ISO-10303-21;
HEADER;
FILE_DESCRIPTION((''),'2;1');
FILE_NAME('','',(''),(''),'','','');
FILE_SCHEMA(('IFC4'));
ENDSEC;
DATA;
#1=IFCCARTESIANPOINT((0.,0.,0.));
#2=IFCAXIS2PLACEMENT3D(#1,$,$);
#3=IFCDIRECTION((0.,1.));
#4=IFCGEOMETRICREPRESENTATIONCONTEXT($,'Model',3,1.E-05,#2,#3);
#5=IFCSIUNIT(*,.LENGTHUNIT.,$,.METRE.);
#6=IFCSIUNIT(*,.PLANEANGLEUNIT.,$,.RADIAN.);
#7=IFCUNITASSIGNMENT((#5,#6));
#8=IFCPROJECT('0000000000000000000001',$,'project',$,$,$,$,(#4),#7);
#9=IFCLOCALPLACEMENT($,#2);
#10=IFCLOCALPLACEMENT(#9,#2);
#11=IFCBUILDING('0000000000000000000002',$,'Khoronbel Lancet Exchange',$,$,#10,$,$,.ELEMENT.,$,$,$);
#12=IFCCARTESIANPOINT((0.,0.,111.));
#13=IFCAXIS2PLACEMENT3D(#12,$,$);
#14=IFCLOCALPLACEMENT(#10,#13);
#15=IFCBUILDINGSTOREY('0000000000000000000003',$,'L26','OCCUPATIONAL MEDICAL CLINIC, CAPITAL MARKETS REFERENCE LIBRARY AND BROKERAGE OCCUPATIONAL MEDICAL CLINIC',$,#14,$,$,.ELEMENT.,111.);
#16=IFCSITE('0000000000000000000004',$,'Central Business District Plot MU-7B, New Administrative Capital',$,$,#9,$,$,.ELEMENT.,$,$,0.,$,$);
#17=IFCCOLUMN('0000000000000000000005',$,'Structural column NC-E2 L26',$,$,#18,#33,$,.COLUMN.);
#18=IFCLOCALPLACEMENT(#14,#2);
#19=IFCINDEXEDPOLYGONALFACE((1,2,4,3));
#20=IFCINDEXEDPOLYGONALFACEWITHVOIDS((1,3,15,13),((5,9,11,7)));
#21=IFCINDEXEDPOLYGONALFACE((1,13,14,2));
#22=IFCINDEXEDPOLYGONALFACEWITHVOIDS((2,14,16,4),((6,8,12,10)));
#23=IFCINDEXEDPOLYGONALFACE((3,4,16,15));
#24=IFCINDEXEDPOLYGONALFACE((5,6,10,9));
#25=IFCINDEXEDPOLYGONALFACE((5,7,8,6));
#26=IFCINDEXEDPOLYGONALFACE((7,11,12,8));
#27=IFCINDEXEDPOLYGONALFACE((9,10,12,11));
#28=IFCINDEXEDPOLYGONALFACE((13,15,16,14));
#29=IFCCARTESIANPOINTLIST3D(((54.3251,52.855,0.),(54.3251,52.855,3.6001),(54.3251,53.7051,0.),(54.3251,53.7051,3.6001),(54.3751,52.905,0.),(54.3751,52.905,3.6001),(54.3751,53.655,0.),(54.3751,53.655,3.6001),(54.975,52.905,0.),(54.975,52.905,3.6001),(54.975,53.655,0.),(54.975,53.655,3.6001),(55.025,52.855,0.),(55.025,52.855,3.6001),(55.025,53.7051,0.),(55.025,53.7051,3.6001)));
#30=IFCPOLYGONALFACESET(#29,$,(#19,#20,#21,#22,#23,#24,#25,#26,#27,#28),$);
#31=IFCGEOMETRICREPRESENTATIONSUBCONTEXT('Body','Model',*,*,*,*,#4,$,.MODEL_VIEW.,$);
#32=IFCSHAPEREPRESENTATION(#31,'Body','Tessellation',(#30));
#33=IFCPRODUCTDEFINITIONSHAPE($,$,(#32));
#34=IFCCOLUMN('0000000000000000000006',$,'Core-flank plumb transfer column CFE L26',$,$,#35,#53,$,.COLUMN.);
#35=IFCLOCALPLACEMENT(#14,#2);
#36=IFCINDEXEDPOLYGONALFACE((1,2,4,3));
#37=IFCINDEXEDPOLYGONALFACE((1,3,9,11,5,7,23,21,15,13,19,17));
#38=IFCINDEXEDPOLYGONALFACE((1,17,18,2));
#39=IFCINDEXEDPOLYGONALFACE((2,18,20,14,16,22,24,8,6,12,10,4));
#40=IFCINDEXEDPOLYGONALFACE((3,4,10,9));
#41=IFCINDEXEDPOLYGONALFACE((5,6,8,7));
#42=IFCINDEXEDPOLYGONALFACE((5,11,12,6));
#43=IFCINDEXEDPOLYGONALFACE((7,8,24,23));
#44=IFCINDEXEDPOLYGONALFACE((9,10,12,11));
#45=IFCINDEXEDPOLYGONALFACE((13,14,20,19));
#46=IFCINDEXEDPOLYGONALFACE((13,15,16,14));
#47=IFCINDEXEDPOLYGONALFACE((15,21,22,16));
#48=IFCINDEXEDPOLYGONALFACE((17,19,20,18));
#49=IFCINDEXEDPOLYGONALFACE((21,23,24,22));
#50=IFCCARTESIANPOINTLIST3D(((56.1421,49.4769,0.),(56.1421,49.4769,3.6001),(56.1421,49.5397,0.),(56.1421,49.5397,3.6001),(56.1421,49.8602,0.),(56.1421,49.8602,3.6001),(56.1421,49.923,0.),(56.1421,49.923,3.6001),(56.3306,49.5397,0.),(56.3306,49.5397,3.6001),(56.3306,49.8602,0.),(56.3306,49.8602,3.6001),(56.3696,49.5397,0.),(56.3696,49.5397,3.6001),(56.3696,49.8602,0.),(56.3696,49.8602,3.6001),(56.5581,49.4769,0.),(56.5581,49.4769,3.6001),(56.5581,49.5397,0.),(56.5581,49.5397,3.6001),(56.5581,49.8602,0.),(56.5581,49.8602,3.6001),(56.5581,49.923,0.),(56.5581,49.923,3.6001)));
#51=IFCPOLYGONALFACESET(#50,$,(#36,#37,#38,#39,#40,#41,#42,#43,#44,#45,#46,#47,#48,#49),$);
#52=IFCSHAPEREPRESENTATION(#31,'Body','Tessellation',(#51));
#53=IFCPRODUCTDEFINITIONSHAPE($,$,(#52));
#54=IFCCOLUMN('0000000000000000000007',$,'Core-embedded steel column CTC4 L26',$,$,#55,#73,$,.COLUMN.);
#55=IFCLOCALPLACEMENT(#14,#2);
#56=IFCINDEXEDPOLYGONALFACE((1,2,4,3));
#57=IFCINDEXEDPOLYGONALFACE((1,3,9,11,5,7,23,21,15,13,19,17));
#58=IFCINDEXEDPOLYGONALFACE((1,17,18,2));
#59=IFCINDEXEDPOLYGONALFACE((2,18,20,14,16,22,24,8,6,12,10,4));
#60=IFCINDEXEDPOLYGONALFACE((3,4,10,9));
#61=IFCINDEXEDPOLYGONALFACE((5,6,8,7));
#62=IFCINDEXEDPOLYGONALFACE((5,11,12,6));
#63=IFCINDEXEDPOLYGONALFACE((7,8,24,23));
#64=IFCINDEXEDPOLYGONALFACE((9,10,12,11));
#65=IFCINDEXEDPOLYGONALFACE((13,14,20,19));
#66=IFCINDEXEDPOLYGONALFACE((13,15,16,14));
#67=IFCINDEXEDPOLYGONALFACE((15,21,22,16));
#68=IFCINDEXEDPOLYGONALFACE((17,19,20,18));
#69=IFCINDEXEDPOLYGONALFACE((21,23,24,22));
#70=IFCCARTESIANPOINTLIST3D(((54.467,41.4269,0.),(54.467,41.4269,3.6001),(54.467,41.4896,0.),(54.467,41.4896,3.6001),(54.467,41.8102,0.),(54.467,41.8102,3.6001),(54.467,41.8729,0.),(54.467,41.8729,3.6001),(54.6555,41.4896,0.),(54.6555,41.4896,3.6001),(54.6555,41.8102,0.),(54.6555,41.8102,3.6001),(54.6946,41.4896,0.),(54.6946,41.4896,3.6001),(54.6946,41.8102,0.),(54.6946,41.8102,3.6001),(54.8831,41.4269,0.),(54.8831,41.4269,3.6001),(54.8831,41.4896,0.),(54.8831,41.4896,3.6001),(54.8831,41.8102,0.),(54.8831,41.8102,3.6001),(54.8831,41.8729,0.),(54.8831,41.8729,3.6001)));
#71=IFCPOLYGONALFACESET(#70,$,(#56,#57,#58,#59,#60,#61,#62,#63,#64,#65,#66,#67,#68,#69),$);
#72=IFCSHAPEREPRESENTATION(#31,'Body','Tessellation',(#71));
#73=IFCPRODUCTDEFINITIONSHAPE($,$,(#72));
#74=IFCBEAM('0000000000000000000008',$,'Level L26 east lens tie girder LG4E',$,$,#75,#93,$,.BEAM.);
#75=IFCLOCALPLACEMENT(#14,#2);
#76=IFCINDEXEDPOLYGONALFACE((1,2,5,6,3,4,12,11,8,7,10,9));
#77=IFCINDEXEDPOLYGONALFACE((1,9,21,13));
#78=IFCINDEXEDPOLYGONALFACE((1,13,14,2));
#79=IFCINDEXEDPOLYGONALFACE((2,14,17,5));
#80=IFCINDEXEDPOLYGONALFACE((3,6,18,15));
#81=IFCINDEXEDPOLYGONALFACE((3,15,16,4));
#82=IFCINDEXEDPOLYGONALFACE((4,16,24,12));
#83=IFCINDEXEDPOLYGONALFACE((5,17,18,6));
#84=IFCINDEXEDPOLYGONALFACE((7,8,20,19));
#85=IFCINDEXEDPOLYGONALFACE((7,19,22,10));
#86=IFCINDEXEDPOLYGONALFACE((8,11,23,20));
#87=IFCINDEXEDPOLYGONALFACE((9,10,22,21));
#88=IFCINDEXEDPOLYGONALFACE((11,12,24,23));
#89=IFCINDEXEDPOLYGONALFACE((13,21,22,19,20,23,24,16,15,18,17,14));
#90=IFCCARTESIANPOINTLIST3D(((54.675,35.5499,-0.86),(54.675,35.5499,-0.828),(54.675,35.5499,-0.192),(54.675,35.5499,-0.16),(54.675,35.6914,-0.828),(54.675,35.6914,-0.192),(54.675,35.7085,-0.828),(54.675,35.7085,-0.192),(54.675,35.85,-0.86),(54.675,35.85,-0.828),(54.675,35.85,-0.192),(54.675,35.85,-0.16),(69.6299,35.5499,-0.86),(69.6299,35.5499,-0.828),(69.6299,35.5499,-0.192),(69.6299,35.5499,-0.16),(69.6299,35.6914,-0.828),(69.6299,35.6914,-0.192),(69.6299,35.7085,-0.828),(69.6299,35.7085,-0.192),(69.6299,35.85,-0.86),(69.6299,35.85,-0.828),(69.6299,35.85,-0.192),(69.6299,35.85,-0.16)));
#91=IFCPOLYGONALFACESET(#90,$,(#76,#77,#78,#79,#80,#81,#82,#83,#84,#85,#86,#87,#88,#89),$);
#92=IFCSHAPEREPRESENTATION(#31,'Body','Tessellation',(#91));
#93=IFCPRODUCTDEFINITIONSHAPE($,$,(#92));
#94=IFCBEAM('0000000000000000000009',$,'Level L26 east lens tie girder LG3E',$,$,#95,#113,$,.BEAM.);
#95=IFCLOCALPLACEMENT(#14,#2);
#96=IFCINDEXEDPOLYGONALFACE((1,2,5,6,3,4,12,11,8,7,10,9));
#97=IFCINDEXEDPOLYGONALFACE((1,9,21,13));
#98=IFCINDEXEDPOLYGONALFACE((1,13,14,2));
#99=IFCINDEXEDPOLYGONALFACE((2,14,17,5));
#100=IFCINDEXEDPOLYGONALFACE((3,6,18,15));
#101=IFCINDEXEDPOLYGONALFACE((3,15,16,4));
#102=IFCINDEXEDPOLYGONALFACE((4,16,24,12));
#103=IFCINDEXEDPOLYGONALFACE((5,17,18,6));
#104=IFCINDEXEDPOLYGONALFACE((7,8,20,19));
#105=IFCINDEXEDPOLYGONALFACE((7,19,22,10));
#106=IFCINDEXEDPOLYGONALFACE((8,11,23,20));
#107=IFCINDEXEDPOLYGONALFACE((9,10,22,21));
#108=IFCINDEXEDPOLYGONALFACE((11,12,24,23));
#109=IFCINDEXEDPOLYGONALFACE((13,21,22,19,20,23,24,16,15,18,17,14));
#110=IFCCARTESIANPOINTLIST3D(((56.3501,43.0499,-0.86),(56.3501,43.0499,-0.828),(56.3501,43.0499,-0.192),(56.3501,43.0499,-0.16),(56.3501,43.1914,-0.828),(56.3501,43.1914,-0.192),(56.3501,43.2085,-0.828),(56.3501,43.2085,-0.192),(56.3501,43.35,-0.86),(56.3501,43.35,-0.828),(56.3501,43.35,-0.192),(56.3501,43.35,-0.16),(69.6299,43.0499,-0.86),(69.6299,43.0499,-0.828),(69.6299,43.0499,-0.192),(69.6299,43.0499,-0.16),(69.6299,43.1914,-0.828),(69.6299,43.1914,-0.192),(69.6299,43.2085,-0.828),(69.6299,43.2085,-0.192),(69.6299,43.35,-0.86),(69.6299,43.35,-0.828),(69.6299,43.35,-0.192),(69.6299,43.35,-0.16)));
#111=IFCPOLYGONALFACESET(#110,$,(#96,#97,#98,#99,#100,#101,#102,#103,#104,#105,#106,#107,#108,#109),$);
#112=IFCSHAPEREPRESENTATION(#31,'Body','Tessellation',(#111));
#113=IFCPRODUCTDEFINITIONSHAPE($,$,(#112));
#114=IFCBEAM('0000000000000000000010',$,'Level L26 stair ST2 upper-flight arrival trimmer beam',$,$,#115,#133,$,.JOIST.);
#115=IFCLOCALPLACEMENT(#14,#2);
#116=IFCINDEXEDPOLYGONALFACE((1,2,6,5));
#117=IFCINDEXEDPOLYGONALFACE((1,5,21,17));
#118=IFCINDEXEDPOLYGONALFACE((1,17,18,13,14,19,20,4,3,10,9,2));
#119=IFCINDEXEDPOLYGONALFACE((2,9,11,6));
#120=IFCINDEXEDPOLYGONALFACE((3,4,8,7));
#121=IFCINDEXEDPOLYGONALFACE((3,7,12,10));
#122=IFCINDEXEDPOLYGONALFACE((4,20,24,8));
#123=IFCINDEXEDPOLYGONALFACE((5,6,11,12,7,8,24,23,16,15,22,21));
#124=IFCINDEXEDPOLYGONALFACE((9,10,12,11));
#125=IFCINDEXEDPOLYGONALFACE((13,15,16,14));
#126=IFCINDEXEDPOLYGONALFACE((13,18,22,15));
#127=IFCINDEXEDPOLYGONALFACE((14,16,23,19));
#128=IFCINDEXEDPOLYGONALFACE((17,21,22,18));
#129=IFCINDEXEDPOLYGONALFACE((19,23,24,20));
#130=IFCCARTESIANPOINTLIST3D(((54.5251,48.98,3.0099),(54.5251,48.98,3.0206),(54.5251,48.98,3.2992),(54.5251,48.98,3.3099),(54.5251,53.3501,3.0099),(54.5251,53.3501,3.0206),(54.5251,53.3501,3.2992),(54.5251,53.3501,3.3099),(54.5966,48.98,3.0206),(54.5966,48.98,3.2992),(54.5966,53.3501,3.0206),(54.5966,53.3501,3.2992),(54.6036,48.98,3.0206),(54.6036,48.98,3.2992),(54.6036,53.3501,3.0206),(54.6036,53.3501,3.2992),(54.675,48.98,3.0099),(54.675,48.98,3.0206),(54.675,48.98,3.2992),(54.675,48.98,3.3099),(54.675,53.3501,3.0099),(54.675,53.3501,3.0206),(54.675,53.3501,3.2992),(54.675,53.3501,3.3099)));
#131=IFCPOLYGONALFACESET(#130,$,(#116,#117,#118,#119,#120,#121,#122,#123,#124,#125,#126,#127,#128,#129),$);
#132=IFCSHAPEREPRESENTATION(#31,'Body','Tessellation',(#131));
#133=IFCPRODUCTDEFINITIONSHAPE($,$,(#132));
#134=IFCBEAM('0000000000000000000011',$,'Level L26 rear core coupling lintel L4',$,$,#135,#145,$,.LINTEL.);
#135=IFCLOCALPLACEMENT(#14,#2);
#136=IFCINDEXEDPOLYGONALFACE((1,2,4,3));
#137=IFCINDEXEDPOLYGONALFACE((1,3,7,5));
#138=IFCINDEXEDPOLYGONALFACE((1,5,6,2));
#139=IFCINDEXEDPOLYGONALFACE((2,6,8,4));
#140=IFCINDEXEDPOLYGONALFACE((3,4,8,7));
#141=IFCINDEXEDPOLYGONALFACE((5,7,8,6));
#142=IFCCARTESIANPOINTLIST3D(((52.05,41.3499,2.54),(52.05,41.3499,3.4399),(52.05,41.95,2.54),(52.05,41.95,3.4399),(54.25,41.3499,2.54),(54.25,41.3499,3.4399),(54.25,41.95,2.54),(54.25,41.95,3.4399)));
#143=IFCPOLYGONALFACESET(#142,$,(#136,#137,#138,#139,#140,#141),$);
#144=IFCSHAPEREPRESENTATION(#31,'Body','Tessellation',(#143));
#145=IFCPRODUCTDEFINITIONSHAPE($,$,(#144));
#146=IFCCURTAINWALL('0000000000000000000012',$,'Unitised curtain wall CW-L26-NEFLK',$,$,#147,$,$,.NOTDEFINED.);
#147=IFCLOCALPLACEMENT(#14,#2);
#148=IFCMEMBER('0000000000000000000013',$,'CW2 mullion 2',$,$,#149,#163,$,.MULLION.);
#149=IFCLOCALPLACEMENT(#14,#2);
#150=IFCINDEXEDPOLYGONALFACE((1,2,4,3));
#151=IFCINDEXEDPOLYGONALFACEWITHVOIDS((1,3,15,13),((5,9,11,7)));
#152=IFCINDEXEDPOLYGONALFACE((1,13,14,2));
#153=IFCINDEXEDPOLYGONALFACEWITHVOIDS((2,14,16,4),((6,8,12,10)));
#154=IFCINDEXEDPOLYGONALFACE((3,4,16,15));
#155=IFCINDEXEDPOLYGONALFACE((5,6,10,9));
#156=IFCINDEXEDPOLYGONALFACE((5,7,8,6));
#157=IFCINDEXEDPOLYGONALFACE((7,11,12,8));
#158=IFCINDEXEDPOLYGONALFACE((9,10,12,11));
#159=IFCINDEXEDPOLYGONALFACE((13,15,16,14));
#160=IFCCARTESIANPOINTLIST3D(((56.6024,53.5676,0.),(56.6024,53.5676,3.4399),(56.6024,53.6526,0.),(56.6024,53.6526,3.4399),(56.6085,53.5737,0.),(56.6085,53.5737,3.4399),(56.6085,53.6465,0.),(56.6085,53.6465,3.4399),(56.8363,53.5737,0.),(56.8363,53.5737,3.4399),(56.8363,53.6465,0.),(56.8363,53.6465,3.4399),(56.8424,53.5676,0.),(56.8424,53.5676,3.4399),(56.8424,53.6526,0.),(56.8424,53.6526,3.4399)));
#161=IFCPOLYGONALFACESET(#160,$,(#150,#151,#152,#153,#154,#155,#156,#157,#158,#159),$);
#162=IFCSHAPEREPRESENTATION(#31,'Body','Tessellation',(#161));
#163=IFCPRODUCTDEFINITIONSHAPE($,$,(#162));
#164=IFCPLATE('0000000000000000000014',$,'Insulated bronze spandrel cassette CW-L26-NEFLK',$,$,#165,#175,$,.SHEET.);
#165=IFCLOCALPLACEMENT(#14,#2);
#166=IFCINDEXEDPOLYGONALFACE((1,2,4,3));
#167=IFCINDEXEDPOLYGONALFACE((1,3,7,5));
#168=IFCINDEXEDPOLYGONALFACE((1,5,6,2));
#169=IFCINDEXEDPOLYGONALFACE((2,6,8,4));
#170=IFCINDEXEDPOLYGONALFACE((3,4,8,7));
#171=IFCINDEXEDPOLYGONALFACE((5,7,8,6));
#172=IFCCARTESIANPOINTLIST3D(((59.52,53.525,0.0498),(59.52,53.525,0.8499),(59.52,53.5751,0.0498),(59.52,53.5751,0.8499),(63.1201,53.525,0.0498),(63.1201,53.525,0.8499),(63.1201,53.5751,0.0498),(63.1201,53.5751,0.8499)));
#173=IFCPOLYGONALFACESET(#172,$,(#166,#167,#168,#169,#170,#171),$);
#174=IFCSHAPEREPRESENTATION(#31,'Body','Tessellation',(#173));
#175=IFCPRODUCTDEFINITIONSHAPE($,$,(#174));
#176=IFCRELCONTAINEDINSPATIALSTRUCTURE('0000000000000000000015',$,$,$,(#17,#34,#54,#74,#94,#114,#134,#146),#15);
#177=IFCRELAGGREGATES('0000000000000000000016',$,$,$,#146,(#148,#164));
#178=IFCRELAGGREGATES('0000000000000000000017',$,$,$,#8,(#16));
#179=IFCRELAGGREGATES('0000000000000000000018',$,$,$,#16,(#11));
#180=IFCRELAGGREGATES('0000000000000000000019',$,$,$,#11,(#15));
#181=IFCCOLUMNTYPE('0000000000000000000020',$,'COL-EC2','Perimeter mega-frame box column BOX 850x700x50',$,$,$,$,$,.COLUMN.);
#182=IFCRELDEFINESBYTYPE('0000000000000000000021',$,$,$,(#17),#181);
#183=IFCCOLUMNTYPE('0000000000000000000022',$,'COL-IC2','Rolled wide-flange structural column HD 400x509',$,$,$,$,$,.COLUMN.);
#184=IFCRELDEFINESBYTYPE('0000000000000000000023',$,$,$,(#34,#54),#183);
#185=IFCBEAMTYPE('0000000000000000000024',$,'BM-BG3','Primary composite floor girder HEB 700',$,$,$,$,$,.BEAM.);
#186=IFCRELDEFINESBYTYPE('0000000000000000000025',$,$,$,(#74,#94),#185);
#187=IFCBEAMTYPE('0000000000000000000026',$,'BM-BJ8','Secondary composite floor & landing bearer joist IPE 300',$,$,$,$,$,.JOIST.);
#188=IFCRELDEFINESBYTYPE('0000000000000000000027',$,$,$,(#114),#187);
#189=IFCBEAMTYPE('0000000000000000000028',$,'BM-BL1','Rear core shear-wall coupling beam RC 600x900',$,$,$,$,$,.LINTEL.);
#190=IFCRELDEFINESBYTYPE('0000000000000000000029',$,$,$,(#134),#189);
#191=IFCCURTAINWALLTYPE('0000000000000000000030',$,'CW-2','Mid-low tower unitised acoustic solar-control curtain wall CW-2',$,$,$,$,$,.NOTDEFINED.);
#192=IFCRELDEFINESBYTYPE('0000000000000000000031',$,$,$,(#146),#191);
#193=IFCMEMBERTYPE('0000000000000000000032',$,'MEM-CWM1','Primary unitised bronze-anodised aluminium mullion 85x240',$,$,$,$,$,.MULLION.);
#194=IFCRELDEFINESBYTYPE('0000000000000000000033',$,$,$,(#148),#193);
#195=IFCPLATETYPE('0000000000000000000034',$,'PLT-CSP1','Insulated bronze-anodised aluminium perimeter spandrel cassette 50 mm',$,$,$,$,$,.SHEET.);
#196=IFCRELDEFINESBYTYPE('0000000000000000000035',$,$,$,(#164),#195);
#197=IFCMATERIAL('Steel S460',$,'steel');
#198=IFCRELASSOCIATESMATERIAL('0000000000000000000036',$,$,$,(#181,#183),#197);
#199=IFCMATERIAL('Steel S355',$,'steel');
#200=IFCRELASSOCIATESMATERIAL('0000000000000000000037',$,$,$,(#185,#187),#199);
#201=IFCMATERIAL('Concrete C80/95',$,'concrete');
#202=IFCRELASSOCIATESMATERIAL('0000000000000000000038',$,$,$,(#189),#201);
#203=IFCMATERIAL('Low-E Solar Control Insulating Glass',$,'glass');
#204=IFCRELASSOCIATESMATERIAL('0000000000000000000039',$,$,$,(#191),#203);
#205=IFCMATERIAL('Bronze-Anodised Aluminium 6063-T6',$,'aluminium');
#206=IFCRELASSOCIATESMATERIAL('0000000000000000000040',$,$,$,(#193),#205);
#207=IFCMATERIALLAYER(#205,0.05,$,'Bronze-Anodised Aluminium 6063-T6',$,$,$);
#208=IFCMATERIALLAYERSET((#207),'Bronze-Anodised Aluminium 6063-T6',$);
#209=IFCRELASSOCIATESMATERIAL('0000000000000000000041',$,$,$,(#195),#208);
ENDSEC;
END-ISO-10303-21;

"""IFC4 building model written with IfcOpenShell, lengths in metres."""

from ifc_helpers import new_model, si_unit, direction, frame, origin, origin_2d, place, context, subcontext, project, spatial, rectangle, hollow_rectangle, i_section, extrude, material, layer, layer_set, material_profile, profile_set, type_object, element, aggregate, save


model = new_model("IFC4")

# Units and contexts
model_context = context("Model", 3, precision=1e-05, world=origin(), true_north=direction((0.0, 1.0)))
body_context = subcontext(model_context, "Body", "Model", "MODEL_VIEW")
ifc_project = project(units=[si_unit("LENGTHUNIT", "METRE"), si_unit("PLANEANGLEUNIT", "RADIAN")], contexts=[model_context])

# Site, building, storey
site_placement = place(None, origin())
site = spatial("IfcSite", under=ifc_project, at=site_placement, Name="Central Business District Plot MU-7B, New Administrative Capital", CompositionType="ELEMENT", RefElevation=0.0)
building_placement = place(site_placement, origin())
building = spatial("IfcBuilding", under=site, at=building_placement, Name="Khoronbel Lancet Exchange", CompositionType="ELEMENT")
storey_placement = place(building_placement, frame((0.0, 0.0, 111.0)))
storey = spatial("IfcBuildingStorey", under=building, at=storey_placement, Name="L26", Description="OCCUPATIONAL MEDICAL CLINIC, CAPITAL MARKETS REFERENCE LIBRARY AND BROKERAGE OCCUPATIONAL MEDICAL CLINIC", CompositionType="ELEMENT", Elevation=111.0)

# Columns
ifc_material_1 = material(Name="Steel S460", Category="steel")
ifc_material_profile_1 = material_profile(ifc_material_1, hollow_rectangle(XDim=0.7, YDim=0.8501, WallThickness=0.05, at=origin_2d()), Name="BOX 850x700x50")
ifc_profile_set_1 = profile_set([ifc_material_profile_1], Name="Steel S460")
column_type_1 = type_object("IfcColumnType", Name="COL-EC2", Description="Perimeter mega-frame box column BOX 850x700x50", PredefinedType="COLUMN", material=ifc_profile_set_1)
column_placement = place(storey_placement, frame((54.675, 53.28, 0.0), z_axis=(0.0, 0.0, 1.0), x_axis=(1.0, 0.0, 0.0)))
element("IfcColumn", 1, at=column_placement, inside=storey, type_object=column_type_1, Name="Structural column NC-E2 L26", PredefinedType="COLUMN", context=body_context, shape_type="SweptSolid", body=[
    extrude(hollow_rectangle(XDim=0.7, YDim=0.8501, WallThickness=0.05, at=origin_2d()), origin(), (0.0, 0.0, 1.0), 3.6001),
])
ifc_material_profile_2 = material_profile(ifc_material_1, i_section(OverallWidth=0.416, OverallDepth=0.446, WebThickness=0.0391, FlangeThickness=0.0627, at=origin_2d()), Name="HD 400x509")
ifc_profile_set_2 = profile_set([ifc_material_profile_2], Name="Steel S460")
column_type_2 = type_object("IfcColumnType", Name="COL-IC2", Description="Rolled wide-flange structural column HD 400x509", PredefinedType="COLUMN", material=ifc_profile_set_2)
for number, where, z_axis, x_axis, name in (
    (2, (56.3501, 49.7, 0.0), (0.0, 0.0, 1.0), (1.0, 0.0, 0.0), "Core-flank plumb transfer column CFE L26"),
    (3, (54.675, 41.6499, 0.0), (0.0, 0.0, 1.0), (1.0, 0.0, 0.0), "Core-embedded steel column CTC4 L26"),
):
    element("IfcColumn", number, at=place(storey_placement, frame(where, z_axis=z_axis, x_axis=x_axis)), inside=storey, type_object=column_type_2, Name=name, PredefinedType="COLUMN", context=body_context, shape_type="SweptSolid", body=[
        extrude(i_section(OverallWidth=0.416, OverallDepth=0.446, WebThickness=0.0391, FlangeThickness=0.0627, at=origin_2d()), origin(), (0.0, 0.0, 1.0), 3.6001),
    ])

# Beams
ifc_material_2 = material(Name="Steel S355", Category="steel")
ifc_material_profile_3 = material_profile(ifc_material_2, i_section(OverallWidth=0.3, OverallDepth=0.7, WebThickness=0.0171, FlangeThickness=0.032, at=origin_2d()), Name="HEB 700")
ifc_profile_set_3 = profile_set([ifc_material_profile_3], Name="Steel S355")
beam_type_1 = type_object("IfcBeamType", Name="BM-BG3", Description="Primary composite floor girder HEB 700", PredefinedType="BEAM", material=ifc_profile_set_3)
beam_1_placement = place(storey_placement, frame((54.675, 35.7, -0.51), z_axis=(1.0, 0.0, 0.0), x_axis=(0.0, 1.0, 0.0)))
element("IfcBeam", 4, at=beam_1_placement, inside=storey, type_object=beam_type_1, Name="Level L26 east lens tie girder LG4E", PredefinedType="BEAM", context=body_context, shape_type="SweptSolid", body=[
    extrude(i_section(OverallWidth=0.3, OverallDepth=0.7, WebThickness=0.0171, FlangeThickness=0.032, at=origin_2d()), origin(), (0.0, 0.0, 1.0), 14.9548),
])
beam_2_placement = place(storey_placement, frame((56.3501, 43.2, -0.51), z_axis=(1.0, 0.0, 0.0), x_axis=(0.0, 1.0, 0.0)))
element("IfcBeam", 5, at=beam_2_placement, inside=storey, type_object=beam_type_1, Name="Level L26 east lens tie girder LG3E", PredefinedType="BEAM", context=body_context, shape_type="SweptSolid", body=[
    extrude(i_section(OverallWidth=0.3, OverallDepth=0.7, WebThickness=0.0171, FlangeThickness=0.032, at=origin_2d()), origin(), (0.0, 0.0, 1.0), 13.2798),
])
ifc_material_profile_4 = material_profile(ifc_material_2, i_section(OverallWidth=0.1499, OverallDepth=0.3, WebThickness=0.0071, FlangeThickness=0.0107, at=origin_2d()), Name="IPE 300")
ifc_profile_set_4 = profile_set([ifc_material_profile_4], Name="Steel S355")
beam_type_2 = type_object("IfcBeamType", Name="BM-BJ8", Description="Secondary composite floor & landing bearer joist IPE 300", PredefinedType="JOIST", material=ifc_profile_set_4)
beam_3_placement = place(storey_placement, frame((54.6001, 48.98, 3.1599), z_axis=(0.0, 1.0, 0.0), x_axis=(-1.0, 0.0, 0.0)))
element("IfcBeam", 6, at=beam_3_placement, inside=storey, type_object=beam_type_2, Name="Level L26 stair ST2 upper-flight arrival trimmer beam", PredefinedType="JOIST", context=body_context, shape_type="SweptSolid", body=[
    extrude(i_section(OverallWidth=0.1499, OverallDepth=0.3, WebThickness=0.0071, FlangeThickness=0.0107, at=origin_2d()), origin(), (0.0, 0.0, 1.0), 4.3701),
])
ifc_material_3 = material(Name="Concrete C80/95", Category="concrete")
ifc_material_profile_5 = material_profile(ifc_material_3, rectangle(XDim=0.6001, YDim=0.8999, at=origin_2d()), Name="RC 600x900")
ifc_profile_set_5 = profile_set([ifc_material_profile_5], Name="Concrete C80/95")
beam_type_3 = type_object("IfcBeamType", Name="BM-BL1", Description="Rear core shear-wall coupling beam RC 600x900", PredefinedType="LINTEL", material=ifc_profile_set_5)
beam_4_placement = place(storey_placement, frame((52.05, 41.6499, 2.99), z_axis=(1.0, 0.0, 0.0), x_axis=(0.0, 1.0, 0.0)))
element("IfcBeam", 7, at=beam_4_placement, inside=storey, type_object=beam_type_3, Name="Level L26 rear core coupling lintel L4", PredefinedType="LINTEL", context=body_context, shape_type="SweptSolid", body=[
    extrude(rectangle(XDim=0.6001, YDim=0.8999, at=origin_2d()), origin(), (0.0, 0.0, 1.0), 2.2),
])

# Curtain wall, member, plate
ifc_material_4 = material(Name="Low-E Solar Control Insulating Glass", Category="glass")
curtain_wall_type = type_object("IfcCurtainWallType", Name="CW-2", Description="Mid-low tower unitised acoustic solar-control curtain wall CW-2", PredefinedType="NOTDEFINED", material=ifc_material_4)
curtain_wall_placement = place(storey_placement, origin())
curtain_wall = element("IfcCurtainWall", 8, at=curtain_wall_placement, inside=storey, type_object=curtain_wall_type, Name="Unitised curtain wall CW-L26-NEFLK", PredefinedType="NOTDEFINED")
ifc_material_5 = material(Name="Bronze-Anodised Aluminium 6063-T6", Category="aluminium")
ifc_material_profile_6 = material_profile(ifc_material_5, hollow_rectangle(XDim=0.085, YDim=0.24, WallThickness=0.0061, at=origin_2d()), Name="ALU MULLION 85x240")
ifc_profile_set_6 = profile_set([ifc_material_profile_6], Name="Bronze-Anodised Aluminium 6063-T6")
member_type = type_object("IfcMemberType", Name="MEM-CWM1", Description="Primary unitised bronze-anodised aluminium mullion 85x240", PredefinedType="MULLION", material=ifc_profile_set_6)
member_placement = place(storey_placement, frame((56.7224, 53.6101, 0.0), z_axis=(0.0, 0.0, 1.0), x_axis=(0.0, -1.0, 0.0)))
member = element("IfcMember", 9, at=member_placement, type_object=member_type, Name="CW2 mullion 2", PredefinedType="MULLION", context=body_context, shape_type="SweptSolid", body=[
    extrude(hollow_rectangle(XDim=0.085, YDim=0.24, WallThickness=0.0061, at=origin_2d()), origin(), (0.0, 0.0, 1.0), 3.4399),
])
ifc_layer_1 = layer(ifc_material_5, 0.05, Name="Bronze-Anodised Aluminium 6063-T6")
ifc_layer_set_1 = layer_set([ifc_layer_1], Name="Bronze-Anodised Aluminium 6063-T6")
plate_type = type_object("IfcPlateType", Name="PLT-CSP1", Description="Insulated bronze-anodised aluminium perimeter spandrel cassette 50 mm", PredefinedType="SHEET", material=ifc_layer_set_1)
plate_placement = place(storey_placement, frame((61.3201, 53.55, 0.0498), z_axis=(0.0, 0.0, 1.0), x_axis=(-1.0, 0.0, 0.0)))
plate = element("IfcPlate", 10, at=plate_placement, type_object=plate_type, Name="Insulated bronze spandrel cassette CW-L26-NEFLK", PredefinedType="SHEET", context=body_context, shape_type="SweptSolid", body=[
    extrude(rectangle(XDim=3.6001, YDim=0.05, at=origin_2d()), origin(), (0.0, 0.0, 1.0), 0.8),
])
aggregate(curtain_wall, [member, plate])

save(model, "model.ifc")
